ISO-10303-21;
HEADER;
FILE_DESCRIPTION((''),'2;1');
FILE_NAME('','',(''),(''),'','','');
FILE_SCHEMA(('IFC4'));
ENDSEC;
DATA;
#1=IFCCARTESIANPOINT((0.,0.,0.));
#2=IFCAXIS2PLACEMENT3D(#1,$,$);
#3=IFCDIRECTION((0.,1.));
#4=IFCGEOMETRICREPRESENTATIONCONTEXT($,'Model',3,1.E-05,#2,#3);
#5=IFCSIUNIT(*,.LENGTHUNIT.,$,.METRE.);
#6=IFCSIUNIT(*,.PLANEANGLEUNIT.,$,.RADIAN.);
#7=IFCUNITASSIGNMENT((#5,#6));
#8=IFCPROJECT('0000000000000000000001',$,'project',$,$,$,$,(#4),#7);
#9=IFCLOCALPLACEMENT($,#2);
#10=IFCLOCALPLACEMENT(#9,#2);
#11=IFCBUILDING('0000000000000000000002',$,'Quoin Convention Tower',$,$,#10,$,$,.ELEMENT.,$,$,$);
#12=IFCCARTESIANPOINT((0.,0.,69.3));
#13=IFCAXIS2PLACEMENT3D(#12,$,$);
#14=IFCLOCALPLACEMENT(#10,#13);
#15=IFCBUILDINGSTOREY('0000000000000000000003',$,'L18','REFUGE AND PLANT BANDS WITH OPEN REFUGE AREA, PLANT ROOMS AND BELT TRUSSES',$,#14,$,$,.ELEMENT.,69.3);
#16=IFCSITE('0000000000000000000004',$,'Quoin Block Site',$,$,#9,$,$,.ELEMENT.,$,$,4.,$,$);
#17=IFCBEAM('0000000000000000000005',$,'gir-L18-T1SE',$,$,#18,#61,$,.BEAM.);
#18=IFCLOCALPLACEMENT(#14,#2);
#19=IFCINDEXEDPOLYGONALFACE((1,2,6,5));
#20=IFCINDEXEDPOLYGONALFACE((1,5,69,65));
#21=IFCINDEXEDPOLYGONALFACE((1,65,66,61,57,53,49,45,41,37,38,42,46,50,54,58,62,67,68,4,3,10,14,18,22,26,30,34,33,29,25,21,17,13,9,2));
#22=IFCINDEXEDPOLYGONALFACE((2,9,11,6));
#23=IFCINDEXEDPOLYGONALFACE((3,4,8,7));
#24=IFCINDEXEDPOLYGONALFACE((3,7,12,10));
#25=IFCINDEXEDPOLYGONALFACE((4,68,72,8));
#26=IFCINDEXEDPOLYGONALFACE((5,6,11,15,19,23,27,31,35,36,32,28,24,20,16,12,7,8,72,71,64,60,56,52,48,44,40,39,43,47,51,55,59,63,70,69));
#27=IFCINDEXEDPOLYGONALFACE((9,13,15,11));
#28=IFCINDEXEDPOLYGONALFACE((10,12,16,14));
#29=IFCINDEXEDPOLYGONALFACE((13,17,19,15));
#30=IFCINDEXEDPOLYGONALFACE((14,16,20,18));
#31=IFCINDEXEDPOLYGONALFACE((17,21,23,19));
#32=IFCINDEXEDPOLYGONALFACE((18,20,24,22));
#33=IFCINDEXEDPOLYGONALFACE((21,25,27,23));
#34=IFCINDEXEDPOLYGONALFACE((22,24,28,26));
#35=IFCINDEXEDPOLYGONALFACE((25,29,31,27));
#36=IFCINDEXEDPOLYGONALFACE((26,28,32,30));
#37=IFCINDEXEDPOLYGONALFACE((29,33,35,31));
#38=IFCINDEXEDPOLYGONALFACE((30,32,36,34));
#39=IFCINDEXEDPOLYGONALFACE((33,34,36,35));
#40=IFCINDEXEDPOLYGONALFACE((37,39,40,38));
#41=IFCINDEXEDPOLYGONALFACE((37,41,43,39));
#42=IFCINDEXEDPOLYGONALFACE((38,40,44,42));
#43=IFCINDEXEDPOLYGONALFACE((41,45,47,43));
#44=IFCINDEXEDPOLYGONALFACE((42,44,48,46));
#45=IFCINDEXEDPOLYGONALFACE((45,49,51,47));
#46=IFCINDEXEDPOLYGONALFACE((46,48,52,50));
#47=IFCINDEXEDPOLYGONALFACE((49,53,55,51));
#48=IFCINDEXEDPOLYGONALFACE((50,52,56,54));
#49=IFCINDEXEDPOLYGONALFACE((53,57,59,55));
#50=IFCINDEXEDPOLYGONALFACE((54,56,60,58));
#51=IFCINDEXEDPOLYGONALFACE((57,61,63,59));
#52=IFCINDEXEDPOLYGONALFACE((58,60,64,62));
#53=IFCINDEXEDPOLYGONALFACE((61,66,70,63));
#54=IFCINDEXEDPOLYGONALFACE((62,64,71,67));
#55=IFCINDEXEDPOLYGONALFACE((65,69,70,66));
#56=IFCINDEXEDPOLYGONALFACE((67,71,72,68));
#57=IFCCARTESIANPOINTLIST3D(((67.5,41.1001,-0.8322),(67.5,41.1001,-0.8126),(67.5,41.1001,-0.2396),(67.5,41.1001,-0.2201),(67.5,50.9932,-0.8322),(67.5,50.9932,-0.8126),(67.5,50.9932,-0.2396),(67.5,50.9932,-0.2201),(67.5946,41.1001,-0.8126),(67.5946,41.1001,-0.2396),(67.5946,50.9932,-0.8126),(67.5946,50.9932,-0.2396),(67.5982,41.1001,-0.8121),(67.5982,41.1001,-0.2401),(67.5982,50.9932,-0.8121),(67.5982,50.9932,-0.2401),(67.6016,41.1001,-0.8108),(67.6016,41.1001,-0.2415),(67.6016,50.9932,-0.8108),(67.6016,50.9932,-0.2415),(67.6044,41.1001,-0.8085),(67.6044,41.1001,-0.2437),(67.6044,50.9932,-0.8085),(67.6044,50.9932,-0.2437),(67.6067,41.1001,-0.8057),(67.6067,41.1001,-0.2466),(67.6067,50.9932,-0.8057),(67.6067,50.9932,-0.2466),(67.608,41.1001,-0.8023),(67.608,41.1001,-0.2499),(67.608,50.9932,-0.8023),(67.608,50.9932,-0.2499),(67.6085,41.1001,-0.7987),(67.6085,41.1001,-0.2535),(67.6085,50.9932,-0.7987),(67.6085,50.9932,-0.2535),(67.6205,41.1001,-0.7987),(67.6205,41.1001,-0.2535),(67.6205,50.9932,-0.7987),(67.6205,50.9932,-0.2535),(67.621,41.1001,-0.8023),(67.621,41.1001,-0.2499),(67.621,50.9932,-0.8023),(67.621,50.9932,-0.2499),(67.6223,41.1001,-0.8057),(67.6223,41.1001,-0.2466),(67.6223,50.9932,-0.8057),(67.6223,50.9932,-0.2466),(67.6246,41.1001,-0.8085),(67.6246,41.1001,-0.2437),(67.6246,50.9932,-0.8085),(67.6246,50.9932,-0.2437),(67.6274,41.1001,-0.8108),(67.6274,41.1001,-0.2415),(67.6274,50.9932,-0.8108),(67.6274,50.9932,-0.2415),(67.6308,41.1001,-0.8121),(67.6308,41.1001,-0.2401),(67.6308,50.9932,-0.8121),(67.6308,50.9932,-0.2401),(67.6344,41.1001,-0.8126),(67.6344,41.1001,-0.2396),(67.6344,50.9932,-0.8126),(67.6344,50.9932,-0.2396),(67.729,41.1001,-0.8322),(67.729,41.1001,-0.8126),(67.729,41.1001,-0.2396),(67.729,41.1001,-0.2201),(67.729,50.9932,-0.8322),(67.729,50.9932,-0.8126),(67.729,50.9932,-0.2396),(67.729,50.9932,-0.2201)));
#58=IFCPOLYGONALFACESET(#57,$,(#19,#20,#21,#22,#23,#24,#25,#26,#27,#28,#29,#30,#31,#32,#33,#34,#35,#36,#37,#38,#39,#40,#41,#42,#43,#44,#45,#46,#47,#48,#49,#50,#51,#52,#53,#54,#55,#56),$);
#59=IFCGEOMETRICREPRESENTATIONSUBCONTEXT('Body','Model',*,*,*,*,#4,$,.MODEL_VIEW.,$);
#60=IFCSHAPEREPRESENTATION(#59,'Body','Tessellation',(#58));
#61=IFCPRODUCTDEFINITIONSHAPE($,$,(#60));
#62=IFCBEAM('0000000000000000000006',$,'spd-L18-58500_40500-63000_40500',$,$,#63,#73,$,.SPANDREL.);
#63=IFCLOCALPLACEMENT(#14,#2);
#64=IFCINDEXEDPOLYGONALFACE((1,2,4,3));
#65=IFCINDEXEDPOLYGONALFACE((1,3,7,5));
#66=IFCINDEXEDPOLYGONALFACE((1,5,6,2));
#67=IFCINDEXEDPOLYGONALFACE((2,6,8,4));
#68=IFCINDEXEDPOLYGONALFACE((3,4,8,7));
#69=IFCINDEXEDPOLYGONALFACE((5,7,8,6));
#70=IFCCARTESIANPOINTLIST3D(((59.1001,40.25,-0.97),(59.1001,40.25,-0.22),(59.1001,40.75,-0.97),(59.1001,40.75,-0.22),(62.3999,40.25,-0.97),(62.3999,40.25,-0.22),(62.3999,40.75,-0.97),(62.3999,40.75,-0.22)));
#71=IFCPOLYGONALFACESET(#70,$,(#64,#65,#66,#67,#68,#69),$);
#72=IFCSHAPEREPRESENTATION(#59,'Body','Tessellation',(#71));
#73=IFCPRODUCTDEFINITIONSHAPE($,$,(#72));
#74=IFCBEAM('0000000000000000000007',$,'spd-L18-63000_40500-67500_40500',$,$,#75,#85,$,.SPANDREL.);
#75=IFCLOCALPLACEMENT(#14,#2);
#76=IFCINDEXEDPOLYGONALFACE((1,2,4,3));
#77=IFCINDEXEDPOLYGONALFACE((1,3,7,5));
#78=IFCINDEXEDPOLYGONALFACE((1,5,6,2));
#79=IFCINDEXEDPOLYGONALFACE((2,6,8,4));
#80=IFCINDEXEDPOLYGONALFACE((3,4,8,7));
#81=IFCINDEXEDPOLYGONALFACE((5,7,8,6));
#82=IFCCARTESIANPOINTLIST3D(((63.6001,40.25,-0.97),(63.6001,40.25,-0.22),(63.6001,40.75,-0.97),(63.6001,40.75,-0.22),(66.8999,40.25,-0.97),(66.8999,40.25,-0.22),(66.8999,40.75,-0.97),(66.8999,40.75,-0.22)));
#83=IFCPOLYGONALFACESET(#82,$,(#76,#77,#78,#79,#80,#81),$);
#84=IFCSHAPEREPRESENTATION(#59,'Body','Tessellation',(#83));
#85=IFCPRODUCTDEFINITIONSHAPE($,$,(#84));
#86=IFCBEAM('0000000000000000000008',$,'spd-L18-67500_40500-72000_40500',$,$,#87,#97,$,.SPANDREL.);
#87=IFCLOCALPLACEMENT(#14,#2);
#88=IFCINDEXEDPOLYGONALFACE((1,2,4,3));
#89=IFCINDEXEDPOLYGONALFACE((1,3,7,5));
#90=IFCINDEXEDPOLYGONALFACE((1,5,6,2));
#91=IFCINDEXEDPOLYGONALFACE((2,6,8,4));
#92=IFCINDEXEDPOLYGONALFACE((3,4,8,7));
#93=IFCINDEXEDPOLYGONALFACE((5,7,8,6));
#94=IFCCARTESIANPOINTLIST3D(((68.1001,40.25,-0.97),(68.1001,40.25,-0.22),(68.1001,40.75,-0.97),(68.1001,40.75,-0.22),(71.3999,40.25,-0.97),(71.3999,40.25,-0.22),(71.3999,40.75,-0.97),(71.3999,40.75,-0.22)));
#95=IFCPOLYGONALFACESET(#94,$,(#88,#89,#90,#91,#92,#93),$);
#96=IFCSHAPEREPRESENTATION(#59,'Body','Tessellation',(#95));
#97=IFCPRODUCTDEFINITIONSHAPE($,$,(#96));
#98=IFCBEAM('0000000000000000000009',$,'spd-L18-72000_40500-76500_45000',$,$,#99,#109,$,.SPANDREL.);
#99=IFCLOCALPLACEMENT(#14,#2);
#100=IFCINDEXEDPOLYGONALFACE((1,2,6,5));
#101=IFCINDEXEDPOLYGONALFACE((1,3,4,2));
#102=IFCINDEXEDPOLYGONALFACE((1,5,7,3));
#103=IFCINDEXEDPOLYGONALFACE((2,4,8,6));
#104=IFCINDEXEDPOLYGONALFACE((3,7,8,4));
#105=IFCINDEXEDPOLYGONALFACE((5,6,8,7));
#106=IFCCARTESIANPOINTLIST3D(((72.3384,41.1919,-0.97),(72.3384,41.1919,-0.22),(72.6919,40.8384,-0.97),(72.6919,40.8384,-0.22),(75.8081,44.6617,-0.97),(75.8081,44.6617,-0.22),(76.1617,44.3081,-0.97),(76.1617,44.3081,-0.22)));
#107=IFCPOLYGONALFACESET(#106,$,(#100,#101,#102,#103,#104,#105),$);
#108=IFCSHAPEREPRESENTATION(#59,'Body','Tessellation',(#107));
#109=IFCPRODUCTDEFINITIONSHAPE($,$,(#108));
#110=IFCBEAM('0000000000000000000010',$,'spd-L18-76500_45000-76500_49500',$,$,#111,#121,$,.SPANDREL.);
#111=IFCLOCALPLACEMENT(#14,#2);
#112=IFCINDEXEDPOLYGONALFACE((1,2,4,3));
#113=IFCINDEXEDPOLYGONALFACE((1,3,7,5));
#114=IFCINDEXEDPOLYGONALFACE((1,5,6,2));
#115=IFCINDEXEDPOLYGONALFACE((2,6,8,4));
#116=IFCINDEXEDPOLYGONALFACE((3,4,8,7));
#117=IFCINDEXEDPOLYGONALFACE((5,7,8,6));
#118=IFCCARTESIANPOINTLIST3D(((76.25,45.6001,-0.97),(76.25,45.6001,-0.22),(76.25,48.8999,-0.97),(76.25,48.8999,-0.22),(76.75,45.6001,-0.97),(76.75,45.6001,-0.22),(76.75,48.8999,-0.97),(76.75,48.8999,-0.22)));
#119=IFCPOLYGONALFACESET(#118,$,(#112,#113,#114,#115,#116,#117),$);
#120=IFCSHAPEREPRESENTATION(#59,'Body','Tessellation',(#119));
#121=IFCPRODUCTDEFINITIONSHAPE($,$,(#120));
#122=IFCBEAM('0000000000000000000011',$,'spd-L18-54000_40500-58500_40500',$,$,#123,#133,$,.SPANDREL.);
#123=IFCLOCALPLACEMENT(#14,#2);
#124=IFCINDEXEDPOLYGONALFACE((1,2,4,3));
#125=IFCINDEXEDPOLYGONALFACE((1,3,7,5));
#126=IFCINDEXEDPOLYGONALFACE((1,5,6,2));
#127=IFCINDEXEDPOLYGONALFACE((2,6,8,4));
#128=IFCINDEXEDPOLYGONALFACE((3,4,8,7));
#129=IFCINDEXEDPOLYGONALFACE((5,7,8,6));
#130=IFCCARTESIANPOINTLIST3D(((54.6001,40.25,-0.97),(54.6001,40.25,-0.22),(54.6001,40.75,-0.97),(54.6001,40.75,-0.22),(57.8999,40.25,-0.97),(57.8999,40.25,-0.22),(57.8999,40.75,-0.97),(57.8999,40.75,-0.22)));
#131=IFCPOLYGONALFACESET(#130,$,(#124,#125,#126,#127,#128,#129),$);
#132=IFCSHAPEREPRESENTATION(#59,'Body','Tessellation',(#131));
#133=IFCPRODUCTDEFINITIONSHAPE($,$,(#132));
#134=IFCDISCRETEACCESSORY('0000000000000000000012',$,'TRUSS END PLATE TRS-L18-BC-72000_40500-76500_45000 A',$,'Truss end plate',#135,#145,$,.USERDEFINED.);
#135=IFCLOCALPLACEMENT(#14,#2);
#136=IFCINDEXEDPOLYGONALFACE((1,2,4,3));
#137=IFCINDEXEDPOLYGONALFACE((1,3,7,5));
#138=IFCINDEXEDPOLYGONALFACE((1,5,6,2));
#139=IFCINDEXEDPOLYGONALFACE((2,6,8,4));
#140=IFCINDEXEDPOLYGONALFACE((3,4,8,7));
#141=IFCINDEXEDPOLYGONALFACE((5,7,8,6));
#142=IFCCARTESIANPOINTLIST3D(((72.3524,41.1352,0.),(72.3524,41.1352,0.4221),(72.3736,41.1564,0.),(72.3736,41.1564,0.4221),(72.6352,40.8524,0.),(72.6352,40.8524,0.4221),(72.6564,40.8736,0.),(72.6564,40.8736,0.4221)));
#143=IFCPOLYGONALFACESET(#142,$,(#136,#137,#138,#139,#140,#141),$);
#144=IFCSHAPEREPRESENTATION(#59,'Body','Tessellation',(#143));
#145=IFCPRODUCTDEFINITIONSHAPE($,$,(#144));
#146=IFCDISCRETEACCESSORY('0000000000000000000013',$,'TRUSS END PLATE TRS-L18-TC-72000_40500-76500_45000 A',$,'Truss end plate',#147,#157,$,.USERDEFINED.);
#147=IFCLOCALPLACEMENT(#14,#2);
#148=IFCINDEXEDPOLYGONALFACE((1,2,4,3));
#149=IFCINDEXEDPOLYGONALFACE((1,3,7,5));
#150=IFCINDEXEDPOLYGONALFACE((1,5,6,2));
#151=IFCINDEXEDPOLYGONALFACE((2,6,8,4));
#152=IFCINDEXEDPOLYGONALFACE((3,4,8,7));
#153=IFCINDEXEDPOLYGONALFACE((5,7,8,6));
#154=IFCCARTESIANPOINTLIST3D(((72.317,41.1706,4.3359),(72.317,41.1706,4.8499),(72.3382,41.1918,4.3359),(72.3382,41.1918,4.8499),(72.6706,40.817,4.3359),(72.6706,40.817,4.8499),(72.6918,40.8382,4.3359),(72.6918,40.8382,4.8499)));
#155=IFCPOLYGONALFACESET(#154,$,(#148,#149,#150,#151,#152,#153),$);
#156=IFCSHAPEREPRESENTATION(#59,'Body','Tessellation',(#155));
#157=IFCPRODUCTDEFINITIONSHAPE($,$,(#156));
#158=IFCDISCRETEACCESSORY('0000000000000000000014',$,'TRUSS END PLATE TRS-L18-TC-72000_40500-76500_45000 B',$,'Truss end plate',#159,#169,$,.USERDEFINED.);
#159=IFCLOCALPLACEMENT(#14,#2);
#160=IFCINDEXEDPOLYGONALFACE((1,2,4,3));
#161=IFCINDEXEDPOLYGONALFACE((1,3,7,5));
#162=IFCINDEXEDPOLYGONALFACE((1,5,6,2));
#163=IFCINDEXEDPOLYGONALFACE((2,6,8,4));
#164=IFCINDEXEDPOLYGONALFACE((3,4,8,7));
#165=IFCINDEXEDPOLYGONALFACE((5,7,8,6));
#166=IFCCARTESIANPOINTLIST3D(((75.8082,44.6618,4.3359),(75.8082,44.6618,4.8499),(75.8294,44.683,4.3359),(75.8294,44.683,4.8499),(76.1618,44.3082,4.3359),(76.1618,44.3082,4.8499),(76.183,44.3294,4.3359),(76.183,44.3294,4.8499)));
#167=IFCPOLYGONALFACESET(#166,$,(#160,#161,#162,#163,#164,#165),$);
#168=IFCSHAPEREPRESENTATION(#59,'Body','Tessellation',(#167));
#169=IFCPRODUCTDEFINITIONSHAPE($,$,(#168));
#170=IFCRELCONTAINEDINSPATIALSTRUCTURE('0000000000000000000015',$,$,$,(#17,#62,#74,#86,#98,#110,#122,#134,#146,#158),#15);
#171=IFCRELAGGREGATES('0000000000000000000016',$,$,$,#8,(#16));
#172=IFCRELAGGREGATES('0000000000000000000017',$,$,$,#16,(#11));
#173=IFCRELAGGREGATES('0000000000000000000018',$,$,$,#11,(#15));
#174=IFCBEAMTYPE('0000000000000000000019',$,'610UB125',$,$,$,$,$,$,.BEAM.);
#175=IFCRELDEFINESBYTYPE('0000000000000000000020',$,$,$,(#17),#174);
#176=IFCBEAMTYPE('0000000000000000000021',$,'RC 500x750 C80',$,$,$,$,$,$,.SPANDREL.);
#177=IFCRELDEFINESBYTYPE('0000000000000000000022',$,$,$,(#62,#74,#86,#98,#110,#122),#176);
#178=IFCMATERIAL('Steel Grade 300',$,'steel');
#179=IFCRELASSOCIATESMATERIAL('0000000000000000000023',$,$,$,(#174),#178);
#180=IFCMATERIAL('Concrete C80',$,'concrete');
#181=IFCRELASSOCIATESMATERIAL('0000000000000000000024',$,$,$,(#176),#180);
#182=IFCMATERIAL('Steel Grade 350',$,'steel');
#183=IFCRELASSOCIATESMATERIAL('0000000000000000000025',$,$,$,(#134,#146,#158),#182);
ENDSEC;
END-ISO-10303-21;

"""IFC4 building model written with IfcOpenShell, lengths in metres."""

from ifc_helpers import new_model, si_unit, direction, frame, origin, origin_2d, place, context, subcontext, project, spatial, rectangle, i_section, extrude, material, material_profile, profile_set, type_object, element, save


model = new_model("IFC4")

# Units and contexts
model_context = context("Model", 3, precision=1e-05, world=origin(), true_north=direction((0.0, 1.0)))
body_context = subcontext(model_context, "Body", "Model", "MODEL_VIEW")
ifc_project = project(units=[si_unit("LENGTHUNIT", "METRE"), si_unit("PLANEANGLEUNIT", "RADIAN")], contexts=[model_context])

# Site, building, storey
site_placement = place(None, origin())
site = spatial("IfcSite", under=ifc_project, at=site_placement, Name="Quoin Block Site", CompositionType="ELEMENT", RefElevation=4.0)
building_placement = place(site_placement, origin())
building = spatial("IfcBuilding", under=site, at=building_placement, Name="Quoin Convention Tower", CompositionType="ELEMENT")
storey_placement = place(building_placement, frame((0.0, 0.0, 69.3)))
storey = spatial("IfcBuildingStorey", under=building, at=storey_placement, Name="L18", Description="REFUGE AND PLANT BANDS WITH OPEN REFUGE AREA, PLANT ROOMS AND BELT TRUSSES", CompositionType="ELEMENT", Elevation=69.3)

# Shared definitions
ifc_material_1 = material(Name="Concrete C80", Category="concrete")

# Shared definitions
ifc_material_2 = material(Name="Steel Grade 300", Category="steel")

# Beams
ifc_material_profile_1 = material_profile(ifc_material_2, i_section(OverallWidth=0.229, OverallDepth=0.6121, WebThickness=0.012, FlangeThickness=0.0195, FilletRadius=0.0139, at=origin_2d()), Name="610UB125")
ifc_profile_set_1 = profile_set([ifc_material_profile_1], Name="Steel Grade 300")
beam_type_1 = type_object("IfcBeamType", Name="610UB125", PredefinedType="BEAM", material=ifc_profile_set_1)
beam_1_placement = place(storey_placement, frame((67.6145, 41.1001, -0.5261), z_axis=(0.0, 1.0, 0.0), x_axis=(-1.0, 0.0, 0.0)))
element("IfcBeam", 1, at=beam_1_placement, inside=storey, type_object=beam_type_1, Name="gir-L18-T1SE", PredefinedType="BEAM", context=body_context, shape_type="SweptSolid", body=[
    extrude(i_section(OverallWidth=0.229, OverallDepth=0.6121, WebThickness=0.012, FlangeThickness=0.0195, FilletRadius=0.0139, at=origin_2d()), origin(), (0.0, 0.0, 1.0), 9.8931),
])
ifc_material_profile_2 = material_profile(ifc_material_1, rectangle(XDim=0.5, YDim=0.75, at=origin_2d()), Name="RC 500x750")
ifc_profile_set_2 = profile_set([ifc_material_profile_2], Name="Concrete C80")
beam_type_2 = type_object("IfcBeamType", Name="RC 500x750 C80", PredefinedType="SPANDREL", material=ifc_profile_set_2)
for number, where, z_axis, x_axis, name in (
    (2, (59.1001, 40.5, -0.595), (1.0, 0.0, 0.0), (0.0, 1.0, 0.0), "spd-L18-58500_40500-63000_40500"),
    (3, (63.6001, 40.5, -0.595), (1.0, 0.0, 0.0), (0.0, 1.0, 0.0), "spd-L18-63000_40500-67500_40500"),
    (4, (68.1001, 40.5, -0.595), (1.0, 0.0, 0.0), (0.0, 1.0, 0.0), "spd-L18-67500_40500-72000_40500"),
):
    element("IfcBeam", number, at=place(storey_placement, frame(where, z_axis=z_axis, x_axis=x_axis)), inside=storey, type_object=beam_type_2, Name=name, PredefinedType="SPANDREL", context=body_context, shape_type="SweptSolid", body=[
        extrude(rectangle(XDim=0.5, YDim=0.75, at=origin_2d()), origin(), (0.0, 0.0, 1.0), 3.2998),
    ])
beam_2_placement = place(storey_placement, frame((72.5151, 41.0151, -0.595), z_axis=(0.707107, 0.707107, 0.0), x_axis=(-0.707107, 0.707107, 0.0)))
element("IfcBeam", 5, at=beam_2_placement, inside=storey, type_object=beam_type_2, Name="spd-L18-72000_40500-76500_45000", PredefinedType="SPANDREL", context=body_context, shape_type="SweptSolid", body=[
    extrude(rectangle(XDim=0.5, YDim=0.75, at=origin_2d()), origin(), (0.0, 0.0, 1.0), 4.907),
])
for number, where, z_axis, x_axis, name in (
    (6, (76.5, 45.6001, -0.595), (0.0, 1.0, 0.0), (-1.0, 0.0, 0.0), "spd-L18-76500_45000-76500_49500"),
    (7, (54.6001, 40.5, -0.595), (1.0, 0.0, 0.0), (0.0, 1.0, 0.0), "spd-L18-54000_40500-58500_40500"),
):
    element("IfcBeam", number, at=place(storey_placement, frame(where, z_axis=z_axis, x_axis=x_axis)), inside=storey, type_object=beam_type_2, Name=name, PredefinedType="SPANDREL", context=body_context, shape_type="SweptSolid", body=[
        extrude(rectangle(XDim=0.5, YDim=0.75, at=origin_2d()), origin(), (0.0, 0.0, 1.0), 3.2998),
    ])

# Discrete accessories
ifc_material_3 = material(Name="Steel Grade 350", Category="steel")
discrete_accessory_placement = place(storey_placement, frame((72.5044, 41.0044, 0.0), z_axis=(0.0, 0.0, 1.0), x_axis=(-0.707107, -0.707107, 0.0)))
element("IfcDiscreteAccessory", 8, at=discrete_accessory_placement, inside=storey, material=ifc_material_3, Name="TRUSS END PLATE TRS-L18-BC-72000_40500-76500_45000 A", ObjectType="Truss end plate", PredefinedType="USERDEFINED", context=body_context, shape_type="SweptSolid", body=[
    extrude(rectangle(XDim=0.03, YDim=0.3999, at=origin_2d()), origin(), (0.0, 0.0, 1.0), 0.4221),
])
for number, where, z_axis, x_axis, name in (
    (9, (72.5044, 41.0044, 4.3359), (0.0, 0.0, 1.0), (-0.707107, -0.707107, 0.0), "TRUSS END PLATE TRS-L18-TC-72000_40500-76500_45000 A"),
    (10, (75.9956, 44.4956, 4.3359), (0.0, 0.0, 1.0), (0.707107, 0.707107, 0.0), "TRUSS END PLATE TRS-L18-TC-72000_40500-76500_45000 B"),
):
    element("IfcDiscreteAccessory", number, at=place(storey_placement, frame(where, z_axis=z_axis, x_axis=x_axis)), inside=storey, material=ifc_material_3, Name=name, ObjectType="Truss end plate", PredefinedType="USERDEFINED", context=body_context, shape_type="SweptSolid", body=[
        extrude(rectangle(XDim=0.03, YDim=0.5, at=origin_2d()), origin(), (0.0, 0.0, 1.0), 0.5139),
    ])

save(model, "model.ifc")
